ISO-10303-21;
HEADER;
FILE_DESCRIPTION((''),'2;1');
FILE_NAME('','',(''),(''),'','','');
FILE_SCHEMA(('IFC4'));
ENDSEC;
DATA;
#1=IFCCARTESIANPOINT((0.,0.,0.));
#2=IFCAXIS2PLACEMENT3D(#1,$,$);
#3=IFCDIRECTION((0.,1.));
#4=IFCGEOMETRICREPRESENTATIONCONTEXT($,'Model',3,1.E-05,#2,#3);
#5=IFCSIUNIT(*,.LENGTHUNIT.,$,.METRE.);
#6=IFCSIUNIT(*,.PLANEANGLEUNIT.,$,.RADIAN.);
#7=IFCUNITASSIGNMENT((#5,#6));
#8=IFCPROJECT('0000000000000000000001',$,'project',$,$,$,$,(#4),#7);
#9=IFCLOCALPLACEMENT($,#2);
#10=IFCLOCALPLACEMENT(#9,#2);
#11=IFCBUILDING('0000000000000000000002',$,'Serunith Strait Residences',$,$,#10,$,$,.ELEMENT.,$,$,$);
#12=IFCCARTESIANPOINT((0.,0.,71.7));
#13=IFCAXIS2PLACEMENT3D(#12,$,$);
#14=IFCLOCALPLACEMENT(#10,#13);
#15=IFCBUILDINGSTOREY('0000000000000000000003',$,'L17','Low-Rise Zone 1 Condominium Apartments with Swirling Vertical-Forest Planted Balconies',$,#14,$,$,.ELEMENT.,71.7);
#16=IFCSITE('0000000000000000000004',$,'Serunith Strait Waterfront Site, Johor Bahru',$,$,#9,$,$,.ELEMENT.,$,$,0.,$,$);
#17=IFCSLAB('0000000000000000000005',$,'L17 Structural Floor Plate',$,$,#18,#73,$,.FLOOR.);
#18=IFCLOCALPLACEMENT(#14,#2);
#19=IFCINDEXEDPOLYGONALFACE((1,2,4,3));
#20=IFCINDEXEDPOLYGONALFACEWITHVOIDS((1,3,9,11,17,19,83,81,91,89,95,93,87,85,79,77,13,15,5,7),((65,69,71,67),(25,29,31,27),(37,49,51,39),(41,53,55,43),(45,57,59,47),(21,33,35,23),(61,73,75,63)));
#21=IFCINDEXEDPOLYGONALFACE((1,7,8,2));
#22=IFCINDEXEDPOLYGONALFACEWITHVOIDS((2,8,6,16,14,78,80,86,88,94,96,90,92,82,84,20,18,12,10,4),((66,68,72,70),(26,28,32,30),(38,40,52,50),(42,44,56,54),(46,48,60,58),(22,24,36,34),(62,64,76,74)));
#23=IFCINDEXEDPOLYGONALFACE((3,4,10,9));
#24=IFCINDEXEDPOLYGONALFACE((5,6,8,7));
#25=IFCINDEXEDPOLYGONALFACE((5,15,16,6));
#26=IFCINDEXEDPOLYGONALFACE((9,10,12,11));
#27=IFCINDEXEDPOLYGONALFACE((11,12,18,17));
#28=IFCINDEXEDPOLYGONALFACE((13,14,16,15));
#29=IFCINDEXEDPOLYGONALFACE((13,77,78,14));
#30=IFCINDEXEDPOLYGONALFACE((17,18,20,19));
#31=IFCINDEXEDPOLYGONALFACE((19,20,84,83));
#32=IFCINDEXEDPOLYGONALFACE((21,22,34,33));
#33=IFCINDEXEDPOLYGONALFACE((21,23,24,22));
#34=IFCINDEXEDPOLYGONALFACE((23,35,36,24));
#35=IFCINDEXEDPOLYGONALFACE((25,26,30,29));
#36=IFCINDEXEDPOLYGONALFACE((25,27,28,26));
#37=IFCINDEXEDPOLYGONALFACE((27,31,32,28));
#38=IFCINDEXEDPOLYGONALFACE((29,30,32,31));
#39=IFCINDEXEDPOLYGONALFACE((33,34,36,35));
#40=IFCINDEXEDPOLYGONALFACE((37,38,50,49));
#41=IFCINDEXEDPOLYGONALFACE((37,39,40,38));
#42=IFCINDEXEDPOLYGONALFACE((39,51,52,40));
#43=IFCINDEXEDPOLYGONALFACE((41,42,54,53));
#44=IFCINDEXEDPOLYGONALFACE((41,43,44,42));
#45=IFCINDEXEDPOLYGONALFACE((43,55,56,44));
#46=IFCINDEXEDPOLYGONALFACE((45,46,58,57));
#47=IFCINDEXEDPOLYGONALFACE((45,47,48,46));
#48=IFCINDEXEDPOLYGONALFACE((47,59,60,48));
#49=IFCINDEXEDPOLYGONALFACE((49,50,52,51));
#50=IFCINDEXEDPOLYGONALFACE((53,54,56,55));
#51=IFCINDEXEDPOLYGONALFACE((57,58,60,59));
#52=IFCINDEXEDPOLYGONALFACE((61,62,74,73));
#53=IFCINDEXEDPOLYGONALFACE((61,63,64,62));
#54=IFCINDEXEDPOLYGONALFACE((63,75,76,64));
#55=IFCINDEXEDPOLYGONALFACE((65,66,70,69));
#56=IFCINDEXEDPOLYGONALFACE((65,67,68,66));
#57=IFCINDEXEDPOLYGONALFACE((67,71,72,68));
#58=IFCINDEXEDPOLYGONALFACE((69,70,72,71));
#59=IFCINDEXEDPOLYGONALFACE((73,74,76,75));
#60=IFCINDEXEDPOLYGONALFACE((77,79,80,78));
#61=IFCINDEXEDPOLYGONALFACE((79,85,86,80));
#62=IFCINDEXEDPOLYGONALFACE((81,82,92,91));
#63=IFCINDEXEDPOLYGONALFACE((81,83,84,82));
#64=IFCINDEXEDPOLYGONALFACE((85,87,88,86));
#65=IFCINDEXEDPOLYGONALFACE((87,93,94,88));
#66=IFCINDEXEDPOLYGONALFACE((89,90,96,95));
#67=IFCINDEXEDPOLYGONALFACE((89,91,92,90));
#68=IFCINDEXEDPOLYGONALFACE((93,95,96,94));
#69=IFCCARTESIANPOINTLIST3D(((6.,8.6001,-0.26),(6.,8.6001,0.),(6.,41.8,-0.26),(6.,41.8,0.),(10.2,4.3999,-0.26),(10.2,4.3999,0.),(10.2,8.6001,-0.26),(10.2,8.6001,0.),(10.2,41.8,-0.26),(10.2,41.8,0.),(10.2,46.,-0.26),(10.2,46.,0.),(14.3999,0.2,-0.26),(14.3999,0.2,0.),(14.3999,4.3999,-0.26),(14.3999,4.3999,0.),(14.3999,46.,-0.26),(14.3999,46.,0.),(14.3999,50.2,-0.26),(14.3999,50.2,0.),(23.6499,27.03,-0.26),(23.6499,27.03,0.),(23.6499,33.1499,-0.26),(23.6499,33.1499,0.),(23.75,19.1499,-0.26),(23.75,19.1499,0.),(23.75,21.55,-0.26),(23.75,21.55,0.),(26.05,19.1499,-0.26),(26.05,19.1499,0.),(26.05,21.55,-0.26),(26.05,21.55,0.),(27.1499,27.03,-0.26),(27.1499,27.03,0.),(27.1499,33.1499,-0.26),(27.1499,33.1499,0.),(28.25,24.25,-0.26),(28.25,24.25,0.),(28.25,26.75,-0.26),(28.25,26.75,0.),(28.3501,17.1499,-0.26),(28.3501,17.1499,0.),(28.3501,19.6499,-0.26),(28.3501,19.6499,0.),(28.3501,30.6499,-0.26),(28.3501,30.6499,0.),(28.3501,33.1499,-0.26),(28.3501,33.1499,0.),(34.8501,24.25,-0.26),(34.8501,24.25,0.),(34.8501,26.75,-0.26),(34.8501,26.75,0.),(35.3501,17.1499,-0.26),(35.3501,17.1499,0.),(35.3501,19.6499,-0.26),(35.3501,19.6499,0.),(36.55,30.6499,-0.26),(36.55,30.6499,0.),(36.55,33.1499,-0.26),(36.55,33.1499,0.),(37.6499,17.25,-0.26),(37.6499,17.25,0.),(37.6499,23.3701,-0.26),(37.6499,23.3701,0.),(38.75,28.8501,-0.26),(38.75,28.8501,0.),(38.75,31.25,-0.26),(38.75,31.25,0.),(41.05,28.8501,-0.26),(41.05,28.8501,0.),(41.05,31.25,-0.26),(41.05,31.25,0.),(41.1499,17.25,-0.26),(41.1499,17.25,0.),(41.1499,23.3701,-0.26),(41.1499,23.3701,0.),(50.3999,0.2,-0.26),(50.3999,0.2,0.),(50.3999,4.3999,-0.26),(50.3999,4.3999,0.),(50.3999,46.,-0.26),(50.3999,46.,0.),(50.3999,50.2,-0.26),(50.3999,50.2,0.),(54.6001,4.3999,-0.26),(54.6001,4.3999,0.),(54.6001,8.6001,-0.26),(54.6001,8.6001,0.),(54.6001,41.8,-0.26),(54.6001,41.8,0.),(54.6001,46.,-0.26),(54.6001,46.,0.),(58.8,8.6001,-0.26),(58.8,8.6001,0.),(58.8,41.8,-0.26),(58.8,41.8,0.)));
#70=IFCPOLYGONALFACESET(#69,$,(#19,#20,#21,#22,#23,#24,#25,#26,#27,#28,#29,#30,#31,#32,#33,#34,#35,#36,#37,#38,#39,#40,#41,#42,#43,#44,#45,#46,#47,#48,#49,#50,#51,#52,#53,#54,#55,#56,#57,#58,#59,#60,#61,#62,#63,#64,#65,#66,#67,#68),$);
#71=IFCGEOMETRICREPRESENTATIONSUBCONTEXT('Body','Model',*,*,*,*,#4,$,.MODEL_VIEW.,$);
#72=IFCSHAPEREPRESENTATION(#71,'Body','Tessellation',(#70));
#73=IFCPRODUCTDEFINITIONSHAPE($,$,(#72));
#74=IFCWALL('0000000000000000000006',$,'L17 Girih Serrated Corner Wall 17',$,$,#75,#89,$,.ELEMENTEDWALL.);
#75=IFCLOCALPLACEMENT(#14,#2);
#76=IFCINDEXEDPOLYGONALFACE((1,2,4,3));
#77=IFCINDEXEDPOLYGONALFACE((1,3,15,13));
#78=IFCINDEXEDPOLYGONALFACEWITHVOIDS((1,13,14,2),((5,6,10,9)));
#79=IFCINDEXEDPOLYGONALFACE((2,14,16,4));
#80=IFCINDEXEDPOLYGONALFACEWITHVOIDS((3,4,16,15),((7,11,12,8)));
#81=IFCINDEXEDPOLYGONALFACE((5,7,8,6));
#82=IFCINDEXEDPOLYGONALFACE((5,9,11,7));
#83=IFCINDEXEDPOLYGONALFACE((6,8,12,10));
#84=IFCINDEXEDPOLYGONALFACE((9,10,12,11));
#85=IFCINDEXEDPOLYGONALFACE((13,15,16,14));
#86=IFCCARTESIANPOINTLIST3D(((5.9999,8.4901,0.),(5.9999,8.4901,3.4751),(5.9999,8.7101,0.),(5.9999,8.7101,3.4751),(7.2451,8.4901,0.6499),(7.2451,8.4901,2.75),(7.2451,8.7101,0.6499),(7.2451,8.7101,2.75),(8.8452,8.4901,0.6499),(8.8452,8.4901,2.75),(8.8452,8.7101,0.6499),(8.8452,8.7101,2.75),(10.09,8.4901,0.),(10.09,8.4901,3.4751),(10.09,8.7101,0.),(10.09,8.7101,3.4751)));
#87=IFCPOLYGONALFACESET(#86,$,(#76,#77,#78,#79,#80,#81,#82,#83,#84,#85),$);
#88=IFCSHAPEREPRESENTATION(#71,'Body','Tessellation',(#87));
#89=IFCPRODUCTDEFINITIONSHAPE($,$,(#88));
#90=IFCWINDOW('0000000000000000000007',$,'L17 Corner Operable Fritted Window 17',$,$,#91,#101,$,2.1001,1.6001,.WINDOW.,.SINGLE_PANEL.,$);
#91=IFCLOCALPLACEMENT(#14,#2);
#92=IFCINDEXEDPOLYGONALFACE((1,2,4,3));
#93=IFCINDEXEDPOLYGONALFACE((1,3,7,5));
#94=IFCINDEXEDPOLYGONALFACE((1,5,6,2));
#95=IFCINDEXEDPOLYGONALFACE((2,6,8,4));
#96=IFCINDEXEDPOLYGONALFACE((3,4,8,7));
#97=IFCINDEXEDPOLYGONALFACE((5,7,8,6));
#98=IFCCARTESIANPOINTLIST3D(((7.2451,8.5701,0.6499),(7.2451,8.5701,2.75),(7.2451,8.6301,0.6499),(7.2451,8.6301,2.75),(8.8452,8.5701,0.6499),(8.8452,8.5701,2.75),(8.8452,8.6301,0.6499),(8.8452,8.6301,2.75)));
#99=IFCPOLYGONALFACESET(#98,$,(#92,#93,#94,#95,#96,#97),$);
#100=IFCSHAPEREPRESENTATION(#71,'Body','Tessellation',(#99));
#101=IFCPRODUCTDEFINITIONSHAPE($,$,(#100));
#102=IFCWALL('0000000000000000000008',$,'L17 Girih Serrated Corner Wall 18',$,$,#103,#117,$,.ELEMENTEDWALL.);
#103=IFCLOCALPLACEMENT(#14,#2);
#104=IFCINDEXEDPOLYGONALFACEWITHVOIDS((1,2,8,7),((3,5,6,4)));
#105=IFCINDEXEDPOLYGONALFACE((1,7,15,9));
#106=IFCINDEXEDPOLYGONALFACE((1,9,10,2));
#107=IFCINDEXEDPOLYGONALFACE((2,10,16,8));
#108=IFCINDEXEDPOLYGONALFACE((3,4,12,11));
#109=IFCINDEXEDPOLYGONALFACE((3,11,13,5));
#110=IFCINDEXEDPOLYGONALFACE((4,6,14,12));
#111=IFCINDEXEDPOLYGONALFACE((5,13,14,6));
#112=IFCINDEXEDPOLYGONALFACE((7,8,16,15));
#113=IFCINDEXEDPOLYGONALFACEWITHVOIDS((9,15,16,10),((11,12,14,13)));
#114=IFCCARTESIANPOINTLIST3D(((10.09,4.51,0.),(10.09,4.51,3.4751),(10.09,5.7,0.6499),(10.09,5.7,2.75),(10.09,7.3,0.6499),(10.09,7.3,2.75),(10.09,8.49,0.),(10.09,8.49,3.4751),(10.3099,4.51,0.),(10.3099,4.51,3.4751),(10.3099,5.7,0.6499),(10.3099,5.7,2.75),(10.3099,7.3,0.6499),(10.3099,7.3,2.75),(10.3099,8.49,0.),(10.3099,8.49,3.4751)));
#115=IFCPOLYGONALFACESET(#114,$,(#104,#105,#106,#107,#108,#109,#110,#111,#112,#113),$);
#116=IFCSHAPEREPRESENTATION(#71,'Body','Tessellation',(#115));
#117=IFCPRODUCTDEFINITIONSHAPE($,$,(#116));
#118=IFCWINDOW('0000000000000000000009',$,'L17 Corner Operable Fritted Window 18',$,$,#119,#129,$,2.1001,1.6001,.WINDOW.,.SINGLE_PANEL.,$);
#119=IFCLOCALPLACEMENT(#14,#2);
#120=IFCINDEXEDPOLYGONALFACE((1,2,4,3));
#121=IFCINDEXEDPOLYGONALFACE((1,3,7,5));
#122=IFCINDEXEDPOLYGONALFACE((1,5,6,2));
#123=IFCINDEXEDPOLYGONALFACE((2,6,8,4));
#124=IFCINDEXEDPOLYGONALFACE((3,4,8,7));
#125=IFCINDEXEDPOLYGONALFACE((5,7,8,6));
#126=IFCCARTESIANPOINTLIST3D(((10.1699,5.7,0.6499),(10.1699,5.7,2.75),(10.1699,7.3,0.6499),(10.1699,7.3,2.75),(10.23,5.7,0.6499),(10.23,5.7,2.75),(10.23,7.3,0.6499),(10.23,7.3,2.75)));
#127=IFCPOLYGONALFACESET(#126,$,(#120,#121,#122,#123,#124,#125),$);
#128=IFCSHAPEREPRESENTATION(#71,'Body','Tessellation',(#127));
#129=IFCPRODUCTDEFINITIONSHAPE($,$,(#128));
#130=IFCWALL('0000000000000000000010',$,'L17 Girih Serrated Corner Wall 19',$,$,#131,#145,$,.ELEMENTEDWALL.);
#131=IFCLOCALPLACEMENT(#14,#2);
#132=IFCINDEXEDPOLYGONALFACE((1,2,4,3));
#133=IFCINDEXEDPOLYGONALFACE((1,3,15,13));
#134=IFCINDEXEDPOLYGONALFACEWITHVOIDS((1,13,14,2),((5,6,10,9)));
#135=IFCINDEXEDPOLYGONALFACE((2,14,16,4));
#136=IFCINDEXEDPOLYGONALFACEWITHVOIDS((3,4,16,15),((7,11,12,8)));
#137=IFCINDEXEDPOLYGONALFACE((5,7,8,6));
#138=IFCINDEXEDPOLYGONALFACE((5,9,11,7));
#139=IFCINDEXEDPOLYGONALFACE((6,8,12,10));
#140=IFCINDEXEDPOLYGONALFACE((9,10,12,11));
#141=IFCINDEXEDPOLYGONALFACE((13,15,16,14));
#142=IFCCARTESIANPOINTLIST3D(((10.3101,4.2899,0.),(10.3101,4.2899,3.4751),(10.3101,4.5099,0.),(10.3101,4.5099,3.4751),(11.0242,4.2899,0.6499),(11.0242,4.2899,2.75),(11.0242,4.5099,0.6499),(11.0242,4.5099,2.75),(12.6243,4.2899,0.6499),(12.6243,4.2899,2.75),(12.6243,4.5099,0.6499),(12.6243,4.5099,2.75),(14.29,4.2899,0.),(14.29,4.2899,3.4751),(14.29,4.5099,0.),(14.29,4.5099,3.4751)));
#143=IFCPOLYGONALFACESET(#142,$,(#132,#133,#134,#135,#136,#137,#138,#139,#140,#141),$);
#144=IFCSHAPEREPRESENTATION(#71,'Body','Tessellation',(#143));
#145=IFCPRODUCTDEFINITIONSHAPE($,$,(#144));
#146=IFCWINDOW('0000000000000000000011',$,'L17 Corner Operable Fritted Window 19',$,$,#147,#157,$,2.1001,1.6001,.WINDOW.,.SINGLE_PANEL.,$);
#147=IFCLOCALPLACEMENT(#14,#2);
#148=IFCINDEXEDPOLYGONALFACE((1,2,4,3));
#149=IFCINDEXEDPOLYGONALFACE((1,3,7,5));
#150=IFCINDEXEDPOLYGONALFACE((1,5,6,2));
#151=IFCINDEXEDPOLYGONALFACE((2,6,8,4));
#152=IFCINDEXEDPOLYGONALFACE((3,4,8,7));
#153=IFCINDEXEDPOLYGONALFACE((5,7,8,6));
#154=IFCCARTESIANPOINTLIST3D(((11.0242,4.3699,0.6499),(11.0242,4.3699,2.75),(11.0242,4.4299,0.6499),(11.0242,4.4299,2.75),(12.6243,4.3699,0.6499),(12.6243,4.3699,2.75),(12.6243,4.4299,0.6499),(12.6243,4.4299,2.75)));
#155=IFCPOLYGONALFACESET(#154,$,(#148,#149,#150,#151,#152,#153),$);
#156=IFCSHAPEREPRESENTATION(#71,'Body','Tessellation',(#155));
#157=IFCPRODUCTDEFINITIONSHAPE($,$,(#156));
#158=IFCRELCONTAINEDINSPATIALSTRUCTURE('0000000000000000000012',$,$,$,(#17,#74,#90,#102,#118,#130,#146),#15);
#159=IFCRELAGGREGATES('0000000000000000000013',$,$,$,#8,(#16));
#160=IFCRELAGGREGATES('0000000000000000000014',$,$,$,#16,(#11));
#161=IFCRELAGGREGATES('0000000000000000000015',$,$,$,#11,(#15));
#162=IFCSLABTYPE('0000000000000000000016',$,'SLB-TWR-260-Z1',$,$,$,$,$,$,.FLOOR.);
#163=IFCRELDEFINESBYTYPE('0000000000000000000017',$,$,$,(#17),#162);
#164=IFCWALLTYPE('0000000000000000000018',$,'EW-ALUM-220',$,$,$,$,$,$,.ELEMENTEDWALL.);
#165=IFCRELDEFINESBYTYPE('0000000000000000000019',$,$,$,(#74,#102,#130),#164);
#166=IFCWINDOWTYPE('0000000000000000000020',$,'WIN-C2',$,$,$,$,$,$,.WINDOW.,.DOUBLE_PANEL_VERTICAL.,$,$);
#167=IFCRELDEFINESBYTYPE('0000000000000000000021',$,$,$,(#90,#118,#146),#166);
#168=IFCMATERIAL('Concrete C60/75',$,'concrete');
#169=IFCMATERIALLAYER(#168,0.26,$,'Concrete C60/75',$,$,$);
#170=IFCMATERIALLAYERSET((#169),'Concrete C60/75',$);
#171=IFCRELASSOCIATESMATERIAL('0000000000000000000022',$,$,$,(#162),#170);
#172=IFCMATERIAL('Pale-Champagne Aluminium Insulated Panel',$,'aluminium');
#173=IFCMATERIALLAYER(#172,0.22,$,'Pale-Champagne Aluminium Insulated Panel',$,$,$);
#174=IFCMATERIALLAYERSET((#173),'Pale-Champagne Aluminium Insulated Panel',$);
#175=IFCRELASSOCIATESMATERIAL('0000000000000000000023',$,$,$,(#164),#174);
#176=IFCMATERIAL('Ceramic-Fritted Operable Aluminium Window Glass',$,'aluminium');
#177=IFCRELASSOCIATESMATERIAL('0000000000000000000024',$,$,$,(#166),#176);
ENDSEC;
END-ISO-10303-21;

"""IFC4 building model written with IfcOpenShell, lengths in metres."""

from ifc_helpers import new_model, si_unit, direction, frame, frame_2d, origin, place, context, subcontext, project, spatial, polyline, rectangle, outline, extrude, source, transform, mapped, material, layer, layer_set, type_object, element, fill, save


model = new_model("IFC4")

# Units and contexts
model_context = context("Model", 3, precision=1e-05, world=origin(), true_north=direction((0.0, 1.0)))
body_context = subcontext(model_context, "Body", "Model", "MODEL_VIEW")
ifc_project = project(units=[si_unit("LENGTHUNIT", "METRE"), si_unit("PLANEANGLEUNIT", "RADIAN")], contexts=[model_context])

# Site, building, storey
site_placement = place(None, origin())
site = spatial("IfcSite", under=ifc_project, at=site_placement, Name="Serunith Strait Waterfront Site, Johor Bahru", CompositionType="ELEMENT", RefElevation=0.0)
building_placement = place(site_placement, origin())
building = spatial("IfcBuilding", under=site, at=building_placement, Name="Serunith Strait Residences", CompositionType="ELEMENT")
storey_placement = place(building_placement, frame((0.0, 0.0, 71.7)))
storey = spatial("IfcBuildingStorey", under=building, at=storey_placement, Name="L17", Description="Low-Rise Zone 1 Condominium Apartments with Swirling Vertical-Forest Planted Balconies", CompositionType="ELEMENT", Elevation=71.7)

# Slab
ifc_material_1 = material(Name="Concrete C60/75", Category="concrete")
ifc_layer_1 = layer(ifc_material_1, 0.26, Name="Concrete C60/75")
ifc_layer_set_1 = layer_set([ifc_layer_1], Name="Concrete C60/75")
slab_type_1 = type_object("IfcSlabType", Name="SLB-TWR-260-Z1", PredefinedType="FLOOR", material=ifc_layer_set_1)
slab_1_placement = place(storey_placement, frame((0.0, 0.0, -0.26)))
element("IfcSlab", 1, at=slab_1_placement, inside=storey, type_object=slab_type_1, Name="L17 Structural Floor Plate", PredefinedType="FLOOR", context=body_context, shape_type="SweptSolid", body=[
    extrude(outline(polyline([(14.3999, 4.3999), (10.2, 4.3999), (10.2, 8.6001), (6.0, 8.6001), (6.0, 41.8), (10.2, 41.8), (10.2, 46.0), (14.3999, 46.0), (14.3999, 50.2), (50.3999, 50.2), (50.3999, 46.0), (54.6001, 46.0), (54.6001, 41.8), (58.8, 41.8), (58.8, 8.6001), (54.6001, 8.6001), (54.6001, 4.3999), (50.3999, 4.3999), (50.3999, 0.2), (14.3999, 0.2), (14.3999, 4.3999)]), holes=[polyline([(41.1499, 17.25), (41.1499, 23.3701), (37.6499, 23.3701), (37.6499, 17.25), (41.1499, 17.25)]), polyline([(41.05, 31.25), (38.75, 31.25), (38.75, 28.8501), (41.05, 28.8501), (41.05, 31.25)]), polyline([(36.55, 33.1499), (28.3501, 33.1499), (28.3501, 30.6499), (36.55, 30.6499), (36.55, 33.1499)]), polyline([(28.3501, 19.6499), (28.3501, 17.1499), (35.3501, 17.1499), (35.3501, 19.6499), (28.3501, 19.6499)]), polyline([(34.8501, 26.75), (28.25, 26.75), (28.25, 24.25), (34.8501, 24.25), (34.8501, 26.75)]), polyline([(23.6499, 33.1499), (23.6499, 27.03), (27.1499, 27.03), (27.1499, 33.1499), (23.6499, 33.1499)]), polyline([(26.05, 21.55), (23.75, 21.55), (23.75, 19.1499), (26.05, 19.1499), (26.05, 21.55)])]), origin(), (0.0, 0.0, 1.0), 0.26),
])

# Walls, openings, windows
ifc_material_2 = material(Name="Pale-Champagne Aluminium Insulated Panel", Category="aluminium")
ifc_layer_2 = layer(ifc_material_2, 0.22, Name="Pale-Champagne Aluminium Insulated Panel")
ifc_layer_set_2 = layer_set([ifc_layer_2], Name="Pale-Champagne Aluminium Insulated Panel")
wall_type_1 = type_object("IfcWallType", Name="EW-ALUM-220", PredefinedType="ELEMENTEDWALL", material=ifc_layer_set_2)
wall_1_placement = place(storey_placement, frame((6.0, 8.6001, 0.0), z_axis=(0.0, 0.0, 1.0), x_axis=(1.0, 0.0, 0.0)))
wall_1 = element("IfcWall", 2, at=wall_1_placement, inside=storey, type_object=wall_type_1, Name="L17 Girih Serrated Corner Wall 17", PredefinedType="ELEMENTEDWALL", context=body_context, shape_type="SweptSolid", body=[
    extrude(rectangle(XDim=4.0901, YDim=0.22, at=frame_2d((2.0449, 0.0))), origin(), (0.0, 0.0, 1.0), 3.4751),
])
opening_1_placement = place(wall_1_placement, frame((1.2451, 0.0, 0.6499)))
opening_1 = element("IfcOpeningElement", 3, at=opening_1_placement, cuts=wall_1, PredefinedType="OPENING", context=body_context, shape_type="SweptSolid", body=[
    extrude(rectangle(XDim=1.6001, YDim=2.1001, at=frame_2d((0.8, 1.05))), frame((0.0, 0.1201, 0.0), z_axis=(0.0, -1.0, 0.0), x_axis=(1.0, 0.0, 0.0)), (0.0, 0.0, 1.0), 0.24),
])
ifc_material_3 = material(Name="Ceramic-Fritted Operable Aluminium Window Glass", Category="aluminium")
window_type = type_object("IfcWindowType", Name="WIN-C2", PartitioningType="DOUBLE_PANEL_VERTICAL", PredefinedType="WINDOW", material=ifc_material_3)
shared_shape_1 = source(origin(), body_context, "Body", "SweptSolid", [
    extrude(rectangle(XDim=1.6001, YDim=2.1001, at=frame_2d((0.8, 1.05))), frame((0.0, 0.03, 0.0), z_axis=(0.0, -1.0, 0.0), x_axis=(1.0, 0.0, 0.0)), (0.0, 0.0, 1.0), 0.0601),
])
window_1_placement = place(opening_1_placement, origin())
window_1 = element("IfcWindow", 4, at=window_1_placement, inside=storey, type_object=window_type, Name="L17 Corner Operable Fritted Window 17", OverallHeight=2.1001, OverallWidth=1.6001, PartitioningType="SINGLE_PANEL", PredefinedType="WINDOW", context=body_context, shape_type="MappedRepresentation", body=[
    mapped(shared_shape_1, transform((0.0, 0.0, 0.0), scale=1.0)),
])
fill(opening_1, window_1)
wall_2_placement = place(storey_placement, frame((10.2, 8.49, 0.0), z_axis=(0.0, 0.0, 1.0), x_axis=(0.0, -1.0, 0.0)))
wall_2 = element("IfcWall", 5, at=wall_2_placement, inside=storey, type_object=wall_type_1, Name="L17 Girih Serrated Corner Wall 18", PredefinedType="ELEMENTEDWALL", context=body_context, shape_type="SweptSolid", body=[
    extrude(rectangle(XDim=3.98, YDim=0.22, at=frame_2d((1.99, 0.0))), origin(), (0.0, 0.0, 1.0), 3.4751),
])
opening_2_placement = place(wall_2_placement, frame((1.1899, 0.0, 0.6499)))
opening_2 = element("IfcOpeningElement", 6, at=opening_2_placement, cuts=wall_2, PredefinedType="OPENING", context=body_context, shape_type="SweptSolid", body=[
    extrude(rectangle(XDim=1.6001, YDim=2.1001, at=frame_2d((0.8, 1.05))), frame((0.0, 0.1201, 0.0), z_axis=(0.0, -1.0, 0.0), x_axis=(1.0, 0.0, 0.0)), (0.0, 0.0, 1.0), 0.24),
])
window_2_placement = place(opening_2_placement, origin())
window_2 = element("IfcWindow", 7, at=window_2_placement, inside=storey, type_object=window_type, Name="L17 Corner Operable Fritted Window 18", OverallHeight=2.1001, OverallWidth=1.6001, PartitioningType="SINGLE_PANEL", PredefinedType="WINDOW", context=body_context, shape_type="MappedRepresentation", body=[
    mapped(shared_shape_1, transform((0.0, 0.0, 0.0), scale=1.0)),
])
fill(opening_2, window_2)
wall_3_placement = place(storey_placement, frame((10.3101, 4.3999, 0.0), z_axis=(0.0, 0.0, 1.0), x_axis=(1.0, 0.0, 0.0)))
wall_3 = element("IfcWall", 8, at=wall_3_placement, inside=storey, type_object=wall_type_1, Name="L17 Girih Serrated Corner Wall 19", PredefinedType="ELEMENTEDWALL", context=body_context, shape_type="SweptSolid", body=[
    extrude(rectangle(XDim=3.98, YDim=0.22, at=frame_2d((1.99, 0.0))), origin(), (0.0, 0.0, 1.0), 3.4751),
])
opening_3_placement = place(wall_3_placement, frame((0.7141, 0.0, 0.6499)))
opening_3 = element("IfcOpeningElement", 9, at=opening_3_placement, cuts=wall_3, PredefinedType="OPENING", context=body_context, shape_type="SweptSolid", body=[
    extrude(rectangle(XDim=1.6001, YDim=2.1001, at=frame_2d((0.8, 1.05))), frame((0.0, 0.1201, 0.0), z_axis=(0.0, -1.0, 0.0), x_axis=(1.0, 0.0, 0.0)), (0.0, 0.0, 1.0), 0.24),
])
window_3_placement = place(opening_3_placement, origin())
window_3 = element("IfcWindow", 10, at=window_3_placement, inside=storey, type_object=window_type, Name="L17 Corner Operable Fritted Window 19", OverallHeight=2.1001, OverallWidth=1.6001, PartitioningType="SINGLE_PANEL", PredefinedType="WINDOW", context=body_context, shape_type="MappedRepresentation", body=[
    mapped(shared_shape_1, transform((0.0, 0.0, 0.0), scale=1.0)),
])
fill(opening_3, window_3)

save(model, "model.ifc")
